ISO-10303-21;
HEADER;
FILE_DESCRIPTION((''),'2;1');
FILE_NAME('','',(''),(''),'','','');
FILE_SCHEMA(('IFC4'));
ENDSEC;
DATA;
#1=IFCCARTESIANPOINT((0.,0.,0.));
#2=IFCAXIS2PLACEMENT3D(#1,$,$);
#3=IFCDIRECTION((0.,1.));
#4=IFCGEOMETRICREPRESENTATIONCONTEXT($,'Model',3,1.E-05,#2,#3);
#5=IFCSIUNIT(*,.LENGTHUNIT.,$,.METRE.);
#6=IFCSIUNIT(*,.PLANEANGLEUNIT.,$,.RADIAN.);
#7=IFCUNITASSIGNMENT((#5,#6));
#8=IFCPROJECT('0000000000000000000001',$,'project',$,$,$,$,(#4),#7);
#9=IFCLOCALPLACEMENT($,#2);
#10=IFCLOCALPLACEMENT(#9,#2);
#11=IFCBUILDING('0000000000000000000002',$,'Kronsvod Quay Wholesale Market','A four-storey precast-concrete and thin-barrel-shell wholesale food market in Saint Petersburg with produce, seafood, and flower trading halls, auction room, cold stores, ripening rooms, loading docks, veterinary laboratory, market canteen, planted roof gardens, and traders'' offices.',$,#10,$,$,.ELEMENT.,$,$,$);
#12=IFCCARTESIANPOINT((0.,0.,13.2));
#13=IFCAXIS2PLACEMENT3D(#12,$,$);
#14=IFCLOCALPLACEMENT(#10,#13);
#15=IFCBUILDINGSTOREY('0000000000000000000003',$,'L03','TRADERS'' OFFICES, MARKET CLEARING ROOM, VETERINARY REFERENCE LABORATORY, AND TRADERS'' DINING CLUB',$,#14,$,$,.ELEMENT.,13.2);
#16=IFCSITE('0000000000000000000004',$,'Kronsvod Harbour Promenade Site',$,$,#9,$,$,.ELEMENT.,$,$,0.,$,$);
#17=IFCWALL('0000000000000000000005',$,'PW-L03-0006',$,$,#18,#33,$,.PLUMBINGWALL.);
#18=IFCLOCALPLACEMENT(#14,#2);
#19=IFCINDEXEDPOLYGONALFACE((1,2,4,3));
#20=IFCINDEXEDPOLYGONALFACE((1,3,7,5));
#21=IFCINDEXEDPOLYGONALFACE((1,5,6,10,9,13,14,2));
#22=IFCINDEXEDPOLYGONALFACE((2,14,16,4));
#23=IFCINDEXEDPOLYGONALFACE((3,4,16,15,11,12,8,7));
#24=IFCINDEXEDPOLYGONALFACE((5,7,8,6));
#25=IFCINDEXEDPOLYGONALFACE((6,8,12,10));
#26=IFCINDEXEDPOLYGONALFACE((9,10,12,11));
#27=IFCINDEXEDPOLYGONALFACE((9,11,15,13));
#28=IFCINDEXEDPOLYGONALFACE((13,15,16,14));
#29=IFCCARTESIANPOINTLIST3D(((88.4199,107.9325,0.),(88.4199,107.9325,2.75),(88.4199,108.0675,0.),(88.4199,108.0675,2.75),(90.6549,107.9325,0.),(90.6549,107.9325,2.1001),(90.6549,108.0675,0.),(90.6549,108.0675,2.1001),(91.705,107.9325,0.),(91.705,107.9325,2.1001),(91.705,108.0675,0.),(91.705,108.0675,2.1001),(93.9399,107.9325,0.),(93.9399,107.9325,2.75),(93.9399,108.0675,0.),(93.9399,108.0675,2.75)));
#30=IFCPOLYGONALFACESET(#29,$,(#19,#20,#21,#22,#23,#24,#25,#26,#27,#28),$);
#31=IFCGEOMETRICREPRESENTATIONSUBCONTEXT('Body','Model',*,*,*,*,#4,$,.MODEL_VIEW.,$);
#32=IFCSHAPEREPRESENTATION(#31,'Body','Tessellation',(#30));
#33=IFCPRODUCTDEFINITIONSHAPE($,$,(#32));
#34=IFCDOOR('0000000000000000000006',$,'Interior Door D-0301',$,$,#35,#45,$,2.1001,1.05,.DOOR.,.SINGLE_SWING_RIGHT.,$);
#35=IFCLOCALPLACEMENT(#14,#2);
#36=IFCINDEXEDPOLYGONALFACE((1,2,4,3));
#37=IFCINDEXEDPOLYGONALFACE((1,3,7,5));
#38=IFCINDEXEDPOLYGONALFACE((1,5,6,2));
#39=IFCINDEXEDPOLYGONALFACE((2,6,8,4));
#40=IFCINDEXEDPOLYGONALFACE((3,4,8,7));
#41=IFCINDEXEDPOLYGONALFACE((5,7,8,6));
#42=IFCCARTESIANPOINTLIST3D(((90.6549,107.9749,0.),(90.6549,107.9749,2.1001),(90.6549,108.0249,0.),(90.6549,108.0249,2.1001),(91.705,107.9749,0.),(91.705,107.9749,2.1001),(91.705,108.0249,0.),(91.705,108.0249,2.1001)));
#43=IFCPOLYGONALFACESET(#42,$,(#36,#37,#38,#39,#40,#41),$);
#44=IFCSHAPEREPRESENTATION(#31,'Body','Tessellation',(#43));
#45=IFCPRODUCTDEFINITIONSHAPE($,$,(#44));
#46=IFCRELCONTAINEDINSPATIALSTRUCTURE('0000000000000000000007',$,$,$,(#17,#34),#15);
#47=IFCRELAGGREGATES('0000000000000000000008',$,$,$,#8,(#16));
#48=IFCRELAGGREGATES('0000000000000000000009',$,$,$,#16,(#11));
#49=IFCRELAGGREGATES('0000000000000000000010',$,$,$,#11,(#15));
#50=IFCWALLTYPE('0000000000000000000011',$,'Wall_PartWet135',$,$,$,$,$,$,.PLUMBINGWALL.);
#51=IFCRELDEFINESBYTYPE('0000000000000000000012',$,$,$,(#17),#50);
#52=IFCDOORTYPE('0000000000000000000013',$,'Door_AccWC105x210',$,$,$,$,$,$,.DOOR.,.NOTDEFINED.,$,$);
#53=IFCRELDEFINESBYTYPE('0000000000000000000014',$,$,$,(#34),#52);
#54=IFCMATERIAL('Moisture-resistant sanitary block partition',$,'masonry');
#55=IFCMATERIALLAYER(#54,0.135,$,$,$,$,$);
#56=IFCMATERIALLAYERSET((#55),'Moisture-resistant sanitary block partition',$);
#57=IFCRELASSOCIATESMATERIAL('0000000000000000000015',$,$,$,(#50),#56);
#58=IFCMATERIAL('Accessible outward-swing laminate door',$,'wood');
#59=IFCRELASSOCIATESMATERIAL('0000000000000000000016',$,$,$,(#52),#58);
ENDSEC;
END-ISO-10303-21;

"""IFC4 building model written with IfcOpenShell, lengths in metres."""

from ifc_helpers import new_model, si_unit, direction, frame, frame_2d, origin, place, context, subcontext, project, spatial, rectangle, extrude, material, layer, layer_set, type_object, element, fill, save


model = new_model("IFC4")

# Units and contexts
model_context = context("Model", 3, precision=1e-05, world=origin(), true_north=direction((0.0, 1.0)))
body_context = subcontext(model_context, "Body", "Model", "MODEL_VIEW")
ifc_project = project(units=[si_unit("LENGTHUNIT", "METRE"), si_unit("PLANEANGLEUNIT", "RADIAN")], contexts=[model_context])

# Site, building, storey
site_placement = place(None, origin())
site = spatial("IfcSite", under=ifc_project, at=site_placement, Name="Kronsvod Harbour Promenade Site", CompositionType="ELEMENT", RefElevation=0.0)
building_placement = place(site_placement, origin())
building = spatial("IfcBuilding", under=site, at=building_placement, Name="Kronsvod Quay Wholesale Market", Description="A four-storey precast-concrete and thin-barrel-shell wholesale food market in Saint Petersburg with produce, seafood, and flower trading halls, auction room, cold stores, ripening rooms, loading docks, veterinary laboratory, market canteen, planted roof gardens, and traders' offices.", CompositionType="ELEMENT")
storey_placement = place(building_placement, frame((0.0, 0.0, 13.2)))
storey = spatial("IfcBuildingStorey", under=building, at=storey_placement, Name="L03", Description="TRADERS' OFFICES, MARKET CLEARING ROOM, VETERINARY REFERENCE LABORATORY, AND TRADERS' DINING CLUB", CompositionType="ELEMENT", Elevation=13.2)

# Shared definitions
ifc_material_1 = material(Name="Moisture-resistant sanitary block partition", Category="masonry")
ifc_layer_1 = layer(ifc_material_1, 0.135)
ifc_layer_set_1 = layer_set([ifc_layer_1], Name="Moisture-resistant sanitary block partition")
wall_type_1 = type_object("IfcWallType", Name="Wall_PartWet135", PredefinedType="PLUMBINGWALL", material=ifc_layer_set_1)

# Wall, opening, door
wall_1_placement = place(storey_placement, frame((88.4199, 108.0, 0.0), z_axis=(0.0, 0.0, 1.0), x_axis=(1.0, 0.0, 0.0)))
wall_1 = element("IfcWall", 1, at=wall_1_placement, inside=storey, type_object=wall_type_1, Name="PW-L03-0006", PredefinedType="PLUMBINGWALL", context=body_context, shape_type="SweptSolid", body=[
    extrude(rectangle(XDim=5.52, YDim=0.135, at=frame_2d((2.76, 0.0))), origin(), (0.0, 0.0, 1.0), 2.75),
])
opening_1_placement = place(wall_1_placement, frame((2.2351, 0.0, 0.0)))
opening_1 = element("IfcOpeningElement", 2, at=opening_1_placement, cuts=wall_1, PredefinedType="OPENING", context=body_context, shape_type="SweptSolid", body=[
    extrude(rectangle(XDim=1.05, YDim=2.1001, at=frame_2d((0.5249, 1.05))), frame((0.0, 0.0776, 0.0), z_axis=(0.0, -1.0, 0.0), x_axis=(1.0, 0.0, 0.0)), (0.0, 0.0, 1.0), 0.155),
])
ifc_material_2 = material(Name="Accessible outward-swing laminate door", Category="wood")
door_type_1 = type_object("IfcDoorType", Name="Door_AccWC105x210", OperationType="NOTDEFINED", PredefinedType="DOOR", material=ifc_material_2)
door_1_placement = place(opening_1_placement, origin())
door_1 = element("IfcDoor", 3, at=door_1_placement, inside=storey, type_object=door_type_1, Name="Interior Door D-0301", OperationType="SINGLE_SWING_RIGHT", OverallHeight=2.1001, OverallWidth=1.05, PredefinedType="DOOR", context=body_context, shape_type="SweptSolid", body=[
    extrude(rectangle(XDim=1.05, YDim=2.1001, at=frame_2d((0.5249, 1.05))), frame((0.0, 0.0249, 0.0), z_axis=(0.0, -1.0, 0.0), x_axis=(1.0, 0.0, 0.0)), (0.0, 0.0, 1.0), 0.05),
])
fill(opening_1, door_1)

save(model, "model.ifc")
